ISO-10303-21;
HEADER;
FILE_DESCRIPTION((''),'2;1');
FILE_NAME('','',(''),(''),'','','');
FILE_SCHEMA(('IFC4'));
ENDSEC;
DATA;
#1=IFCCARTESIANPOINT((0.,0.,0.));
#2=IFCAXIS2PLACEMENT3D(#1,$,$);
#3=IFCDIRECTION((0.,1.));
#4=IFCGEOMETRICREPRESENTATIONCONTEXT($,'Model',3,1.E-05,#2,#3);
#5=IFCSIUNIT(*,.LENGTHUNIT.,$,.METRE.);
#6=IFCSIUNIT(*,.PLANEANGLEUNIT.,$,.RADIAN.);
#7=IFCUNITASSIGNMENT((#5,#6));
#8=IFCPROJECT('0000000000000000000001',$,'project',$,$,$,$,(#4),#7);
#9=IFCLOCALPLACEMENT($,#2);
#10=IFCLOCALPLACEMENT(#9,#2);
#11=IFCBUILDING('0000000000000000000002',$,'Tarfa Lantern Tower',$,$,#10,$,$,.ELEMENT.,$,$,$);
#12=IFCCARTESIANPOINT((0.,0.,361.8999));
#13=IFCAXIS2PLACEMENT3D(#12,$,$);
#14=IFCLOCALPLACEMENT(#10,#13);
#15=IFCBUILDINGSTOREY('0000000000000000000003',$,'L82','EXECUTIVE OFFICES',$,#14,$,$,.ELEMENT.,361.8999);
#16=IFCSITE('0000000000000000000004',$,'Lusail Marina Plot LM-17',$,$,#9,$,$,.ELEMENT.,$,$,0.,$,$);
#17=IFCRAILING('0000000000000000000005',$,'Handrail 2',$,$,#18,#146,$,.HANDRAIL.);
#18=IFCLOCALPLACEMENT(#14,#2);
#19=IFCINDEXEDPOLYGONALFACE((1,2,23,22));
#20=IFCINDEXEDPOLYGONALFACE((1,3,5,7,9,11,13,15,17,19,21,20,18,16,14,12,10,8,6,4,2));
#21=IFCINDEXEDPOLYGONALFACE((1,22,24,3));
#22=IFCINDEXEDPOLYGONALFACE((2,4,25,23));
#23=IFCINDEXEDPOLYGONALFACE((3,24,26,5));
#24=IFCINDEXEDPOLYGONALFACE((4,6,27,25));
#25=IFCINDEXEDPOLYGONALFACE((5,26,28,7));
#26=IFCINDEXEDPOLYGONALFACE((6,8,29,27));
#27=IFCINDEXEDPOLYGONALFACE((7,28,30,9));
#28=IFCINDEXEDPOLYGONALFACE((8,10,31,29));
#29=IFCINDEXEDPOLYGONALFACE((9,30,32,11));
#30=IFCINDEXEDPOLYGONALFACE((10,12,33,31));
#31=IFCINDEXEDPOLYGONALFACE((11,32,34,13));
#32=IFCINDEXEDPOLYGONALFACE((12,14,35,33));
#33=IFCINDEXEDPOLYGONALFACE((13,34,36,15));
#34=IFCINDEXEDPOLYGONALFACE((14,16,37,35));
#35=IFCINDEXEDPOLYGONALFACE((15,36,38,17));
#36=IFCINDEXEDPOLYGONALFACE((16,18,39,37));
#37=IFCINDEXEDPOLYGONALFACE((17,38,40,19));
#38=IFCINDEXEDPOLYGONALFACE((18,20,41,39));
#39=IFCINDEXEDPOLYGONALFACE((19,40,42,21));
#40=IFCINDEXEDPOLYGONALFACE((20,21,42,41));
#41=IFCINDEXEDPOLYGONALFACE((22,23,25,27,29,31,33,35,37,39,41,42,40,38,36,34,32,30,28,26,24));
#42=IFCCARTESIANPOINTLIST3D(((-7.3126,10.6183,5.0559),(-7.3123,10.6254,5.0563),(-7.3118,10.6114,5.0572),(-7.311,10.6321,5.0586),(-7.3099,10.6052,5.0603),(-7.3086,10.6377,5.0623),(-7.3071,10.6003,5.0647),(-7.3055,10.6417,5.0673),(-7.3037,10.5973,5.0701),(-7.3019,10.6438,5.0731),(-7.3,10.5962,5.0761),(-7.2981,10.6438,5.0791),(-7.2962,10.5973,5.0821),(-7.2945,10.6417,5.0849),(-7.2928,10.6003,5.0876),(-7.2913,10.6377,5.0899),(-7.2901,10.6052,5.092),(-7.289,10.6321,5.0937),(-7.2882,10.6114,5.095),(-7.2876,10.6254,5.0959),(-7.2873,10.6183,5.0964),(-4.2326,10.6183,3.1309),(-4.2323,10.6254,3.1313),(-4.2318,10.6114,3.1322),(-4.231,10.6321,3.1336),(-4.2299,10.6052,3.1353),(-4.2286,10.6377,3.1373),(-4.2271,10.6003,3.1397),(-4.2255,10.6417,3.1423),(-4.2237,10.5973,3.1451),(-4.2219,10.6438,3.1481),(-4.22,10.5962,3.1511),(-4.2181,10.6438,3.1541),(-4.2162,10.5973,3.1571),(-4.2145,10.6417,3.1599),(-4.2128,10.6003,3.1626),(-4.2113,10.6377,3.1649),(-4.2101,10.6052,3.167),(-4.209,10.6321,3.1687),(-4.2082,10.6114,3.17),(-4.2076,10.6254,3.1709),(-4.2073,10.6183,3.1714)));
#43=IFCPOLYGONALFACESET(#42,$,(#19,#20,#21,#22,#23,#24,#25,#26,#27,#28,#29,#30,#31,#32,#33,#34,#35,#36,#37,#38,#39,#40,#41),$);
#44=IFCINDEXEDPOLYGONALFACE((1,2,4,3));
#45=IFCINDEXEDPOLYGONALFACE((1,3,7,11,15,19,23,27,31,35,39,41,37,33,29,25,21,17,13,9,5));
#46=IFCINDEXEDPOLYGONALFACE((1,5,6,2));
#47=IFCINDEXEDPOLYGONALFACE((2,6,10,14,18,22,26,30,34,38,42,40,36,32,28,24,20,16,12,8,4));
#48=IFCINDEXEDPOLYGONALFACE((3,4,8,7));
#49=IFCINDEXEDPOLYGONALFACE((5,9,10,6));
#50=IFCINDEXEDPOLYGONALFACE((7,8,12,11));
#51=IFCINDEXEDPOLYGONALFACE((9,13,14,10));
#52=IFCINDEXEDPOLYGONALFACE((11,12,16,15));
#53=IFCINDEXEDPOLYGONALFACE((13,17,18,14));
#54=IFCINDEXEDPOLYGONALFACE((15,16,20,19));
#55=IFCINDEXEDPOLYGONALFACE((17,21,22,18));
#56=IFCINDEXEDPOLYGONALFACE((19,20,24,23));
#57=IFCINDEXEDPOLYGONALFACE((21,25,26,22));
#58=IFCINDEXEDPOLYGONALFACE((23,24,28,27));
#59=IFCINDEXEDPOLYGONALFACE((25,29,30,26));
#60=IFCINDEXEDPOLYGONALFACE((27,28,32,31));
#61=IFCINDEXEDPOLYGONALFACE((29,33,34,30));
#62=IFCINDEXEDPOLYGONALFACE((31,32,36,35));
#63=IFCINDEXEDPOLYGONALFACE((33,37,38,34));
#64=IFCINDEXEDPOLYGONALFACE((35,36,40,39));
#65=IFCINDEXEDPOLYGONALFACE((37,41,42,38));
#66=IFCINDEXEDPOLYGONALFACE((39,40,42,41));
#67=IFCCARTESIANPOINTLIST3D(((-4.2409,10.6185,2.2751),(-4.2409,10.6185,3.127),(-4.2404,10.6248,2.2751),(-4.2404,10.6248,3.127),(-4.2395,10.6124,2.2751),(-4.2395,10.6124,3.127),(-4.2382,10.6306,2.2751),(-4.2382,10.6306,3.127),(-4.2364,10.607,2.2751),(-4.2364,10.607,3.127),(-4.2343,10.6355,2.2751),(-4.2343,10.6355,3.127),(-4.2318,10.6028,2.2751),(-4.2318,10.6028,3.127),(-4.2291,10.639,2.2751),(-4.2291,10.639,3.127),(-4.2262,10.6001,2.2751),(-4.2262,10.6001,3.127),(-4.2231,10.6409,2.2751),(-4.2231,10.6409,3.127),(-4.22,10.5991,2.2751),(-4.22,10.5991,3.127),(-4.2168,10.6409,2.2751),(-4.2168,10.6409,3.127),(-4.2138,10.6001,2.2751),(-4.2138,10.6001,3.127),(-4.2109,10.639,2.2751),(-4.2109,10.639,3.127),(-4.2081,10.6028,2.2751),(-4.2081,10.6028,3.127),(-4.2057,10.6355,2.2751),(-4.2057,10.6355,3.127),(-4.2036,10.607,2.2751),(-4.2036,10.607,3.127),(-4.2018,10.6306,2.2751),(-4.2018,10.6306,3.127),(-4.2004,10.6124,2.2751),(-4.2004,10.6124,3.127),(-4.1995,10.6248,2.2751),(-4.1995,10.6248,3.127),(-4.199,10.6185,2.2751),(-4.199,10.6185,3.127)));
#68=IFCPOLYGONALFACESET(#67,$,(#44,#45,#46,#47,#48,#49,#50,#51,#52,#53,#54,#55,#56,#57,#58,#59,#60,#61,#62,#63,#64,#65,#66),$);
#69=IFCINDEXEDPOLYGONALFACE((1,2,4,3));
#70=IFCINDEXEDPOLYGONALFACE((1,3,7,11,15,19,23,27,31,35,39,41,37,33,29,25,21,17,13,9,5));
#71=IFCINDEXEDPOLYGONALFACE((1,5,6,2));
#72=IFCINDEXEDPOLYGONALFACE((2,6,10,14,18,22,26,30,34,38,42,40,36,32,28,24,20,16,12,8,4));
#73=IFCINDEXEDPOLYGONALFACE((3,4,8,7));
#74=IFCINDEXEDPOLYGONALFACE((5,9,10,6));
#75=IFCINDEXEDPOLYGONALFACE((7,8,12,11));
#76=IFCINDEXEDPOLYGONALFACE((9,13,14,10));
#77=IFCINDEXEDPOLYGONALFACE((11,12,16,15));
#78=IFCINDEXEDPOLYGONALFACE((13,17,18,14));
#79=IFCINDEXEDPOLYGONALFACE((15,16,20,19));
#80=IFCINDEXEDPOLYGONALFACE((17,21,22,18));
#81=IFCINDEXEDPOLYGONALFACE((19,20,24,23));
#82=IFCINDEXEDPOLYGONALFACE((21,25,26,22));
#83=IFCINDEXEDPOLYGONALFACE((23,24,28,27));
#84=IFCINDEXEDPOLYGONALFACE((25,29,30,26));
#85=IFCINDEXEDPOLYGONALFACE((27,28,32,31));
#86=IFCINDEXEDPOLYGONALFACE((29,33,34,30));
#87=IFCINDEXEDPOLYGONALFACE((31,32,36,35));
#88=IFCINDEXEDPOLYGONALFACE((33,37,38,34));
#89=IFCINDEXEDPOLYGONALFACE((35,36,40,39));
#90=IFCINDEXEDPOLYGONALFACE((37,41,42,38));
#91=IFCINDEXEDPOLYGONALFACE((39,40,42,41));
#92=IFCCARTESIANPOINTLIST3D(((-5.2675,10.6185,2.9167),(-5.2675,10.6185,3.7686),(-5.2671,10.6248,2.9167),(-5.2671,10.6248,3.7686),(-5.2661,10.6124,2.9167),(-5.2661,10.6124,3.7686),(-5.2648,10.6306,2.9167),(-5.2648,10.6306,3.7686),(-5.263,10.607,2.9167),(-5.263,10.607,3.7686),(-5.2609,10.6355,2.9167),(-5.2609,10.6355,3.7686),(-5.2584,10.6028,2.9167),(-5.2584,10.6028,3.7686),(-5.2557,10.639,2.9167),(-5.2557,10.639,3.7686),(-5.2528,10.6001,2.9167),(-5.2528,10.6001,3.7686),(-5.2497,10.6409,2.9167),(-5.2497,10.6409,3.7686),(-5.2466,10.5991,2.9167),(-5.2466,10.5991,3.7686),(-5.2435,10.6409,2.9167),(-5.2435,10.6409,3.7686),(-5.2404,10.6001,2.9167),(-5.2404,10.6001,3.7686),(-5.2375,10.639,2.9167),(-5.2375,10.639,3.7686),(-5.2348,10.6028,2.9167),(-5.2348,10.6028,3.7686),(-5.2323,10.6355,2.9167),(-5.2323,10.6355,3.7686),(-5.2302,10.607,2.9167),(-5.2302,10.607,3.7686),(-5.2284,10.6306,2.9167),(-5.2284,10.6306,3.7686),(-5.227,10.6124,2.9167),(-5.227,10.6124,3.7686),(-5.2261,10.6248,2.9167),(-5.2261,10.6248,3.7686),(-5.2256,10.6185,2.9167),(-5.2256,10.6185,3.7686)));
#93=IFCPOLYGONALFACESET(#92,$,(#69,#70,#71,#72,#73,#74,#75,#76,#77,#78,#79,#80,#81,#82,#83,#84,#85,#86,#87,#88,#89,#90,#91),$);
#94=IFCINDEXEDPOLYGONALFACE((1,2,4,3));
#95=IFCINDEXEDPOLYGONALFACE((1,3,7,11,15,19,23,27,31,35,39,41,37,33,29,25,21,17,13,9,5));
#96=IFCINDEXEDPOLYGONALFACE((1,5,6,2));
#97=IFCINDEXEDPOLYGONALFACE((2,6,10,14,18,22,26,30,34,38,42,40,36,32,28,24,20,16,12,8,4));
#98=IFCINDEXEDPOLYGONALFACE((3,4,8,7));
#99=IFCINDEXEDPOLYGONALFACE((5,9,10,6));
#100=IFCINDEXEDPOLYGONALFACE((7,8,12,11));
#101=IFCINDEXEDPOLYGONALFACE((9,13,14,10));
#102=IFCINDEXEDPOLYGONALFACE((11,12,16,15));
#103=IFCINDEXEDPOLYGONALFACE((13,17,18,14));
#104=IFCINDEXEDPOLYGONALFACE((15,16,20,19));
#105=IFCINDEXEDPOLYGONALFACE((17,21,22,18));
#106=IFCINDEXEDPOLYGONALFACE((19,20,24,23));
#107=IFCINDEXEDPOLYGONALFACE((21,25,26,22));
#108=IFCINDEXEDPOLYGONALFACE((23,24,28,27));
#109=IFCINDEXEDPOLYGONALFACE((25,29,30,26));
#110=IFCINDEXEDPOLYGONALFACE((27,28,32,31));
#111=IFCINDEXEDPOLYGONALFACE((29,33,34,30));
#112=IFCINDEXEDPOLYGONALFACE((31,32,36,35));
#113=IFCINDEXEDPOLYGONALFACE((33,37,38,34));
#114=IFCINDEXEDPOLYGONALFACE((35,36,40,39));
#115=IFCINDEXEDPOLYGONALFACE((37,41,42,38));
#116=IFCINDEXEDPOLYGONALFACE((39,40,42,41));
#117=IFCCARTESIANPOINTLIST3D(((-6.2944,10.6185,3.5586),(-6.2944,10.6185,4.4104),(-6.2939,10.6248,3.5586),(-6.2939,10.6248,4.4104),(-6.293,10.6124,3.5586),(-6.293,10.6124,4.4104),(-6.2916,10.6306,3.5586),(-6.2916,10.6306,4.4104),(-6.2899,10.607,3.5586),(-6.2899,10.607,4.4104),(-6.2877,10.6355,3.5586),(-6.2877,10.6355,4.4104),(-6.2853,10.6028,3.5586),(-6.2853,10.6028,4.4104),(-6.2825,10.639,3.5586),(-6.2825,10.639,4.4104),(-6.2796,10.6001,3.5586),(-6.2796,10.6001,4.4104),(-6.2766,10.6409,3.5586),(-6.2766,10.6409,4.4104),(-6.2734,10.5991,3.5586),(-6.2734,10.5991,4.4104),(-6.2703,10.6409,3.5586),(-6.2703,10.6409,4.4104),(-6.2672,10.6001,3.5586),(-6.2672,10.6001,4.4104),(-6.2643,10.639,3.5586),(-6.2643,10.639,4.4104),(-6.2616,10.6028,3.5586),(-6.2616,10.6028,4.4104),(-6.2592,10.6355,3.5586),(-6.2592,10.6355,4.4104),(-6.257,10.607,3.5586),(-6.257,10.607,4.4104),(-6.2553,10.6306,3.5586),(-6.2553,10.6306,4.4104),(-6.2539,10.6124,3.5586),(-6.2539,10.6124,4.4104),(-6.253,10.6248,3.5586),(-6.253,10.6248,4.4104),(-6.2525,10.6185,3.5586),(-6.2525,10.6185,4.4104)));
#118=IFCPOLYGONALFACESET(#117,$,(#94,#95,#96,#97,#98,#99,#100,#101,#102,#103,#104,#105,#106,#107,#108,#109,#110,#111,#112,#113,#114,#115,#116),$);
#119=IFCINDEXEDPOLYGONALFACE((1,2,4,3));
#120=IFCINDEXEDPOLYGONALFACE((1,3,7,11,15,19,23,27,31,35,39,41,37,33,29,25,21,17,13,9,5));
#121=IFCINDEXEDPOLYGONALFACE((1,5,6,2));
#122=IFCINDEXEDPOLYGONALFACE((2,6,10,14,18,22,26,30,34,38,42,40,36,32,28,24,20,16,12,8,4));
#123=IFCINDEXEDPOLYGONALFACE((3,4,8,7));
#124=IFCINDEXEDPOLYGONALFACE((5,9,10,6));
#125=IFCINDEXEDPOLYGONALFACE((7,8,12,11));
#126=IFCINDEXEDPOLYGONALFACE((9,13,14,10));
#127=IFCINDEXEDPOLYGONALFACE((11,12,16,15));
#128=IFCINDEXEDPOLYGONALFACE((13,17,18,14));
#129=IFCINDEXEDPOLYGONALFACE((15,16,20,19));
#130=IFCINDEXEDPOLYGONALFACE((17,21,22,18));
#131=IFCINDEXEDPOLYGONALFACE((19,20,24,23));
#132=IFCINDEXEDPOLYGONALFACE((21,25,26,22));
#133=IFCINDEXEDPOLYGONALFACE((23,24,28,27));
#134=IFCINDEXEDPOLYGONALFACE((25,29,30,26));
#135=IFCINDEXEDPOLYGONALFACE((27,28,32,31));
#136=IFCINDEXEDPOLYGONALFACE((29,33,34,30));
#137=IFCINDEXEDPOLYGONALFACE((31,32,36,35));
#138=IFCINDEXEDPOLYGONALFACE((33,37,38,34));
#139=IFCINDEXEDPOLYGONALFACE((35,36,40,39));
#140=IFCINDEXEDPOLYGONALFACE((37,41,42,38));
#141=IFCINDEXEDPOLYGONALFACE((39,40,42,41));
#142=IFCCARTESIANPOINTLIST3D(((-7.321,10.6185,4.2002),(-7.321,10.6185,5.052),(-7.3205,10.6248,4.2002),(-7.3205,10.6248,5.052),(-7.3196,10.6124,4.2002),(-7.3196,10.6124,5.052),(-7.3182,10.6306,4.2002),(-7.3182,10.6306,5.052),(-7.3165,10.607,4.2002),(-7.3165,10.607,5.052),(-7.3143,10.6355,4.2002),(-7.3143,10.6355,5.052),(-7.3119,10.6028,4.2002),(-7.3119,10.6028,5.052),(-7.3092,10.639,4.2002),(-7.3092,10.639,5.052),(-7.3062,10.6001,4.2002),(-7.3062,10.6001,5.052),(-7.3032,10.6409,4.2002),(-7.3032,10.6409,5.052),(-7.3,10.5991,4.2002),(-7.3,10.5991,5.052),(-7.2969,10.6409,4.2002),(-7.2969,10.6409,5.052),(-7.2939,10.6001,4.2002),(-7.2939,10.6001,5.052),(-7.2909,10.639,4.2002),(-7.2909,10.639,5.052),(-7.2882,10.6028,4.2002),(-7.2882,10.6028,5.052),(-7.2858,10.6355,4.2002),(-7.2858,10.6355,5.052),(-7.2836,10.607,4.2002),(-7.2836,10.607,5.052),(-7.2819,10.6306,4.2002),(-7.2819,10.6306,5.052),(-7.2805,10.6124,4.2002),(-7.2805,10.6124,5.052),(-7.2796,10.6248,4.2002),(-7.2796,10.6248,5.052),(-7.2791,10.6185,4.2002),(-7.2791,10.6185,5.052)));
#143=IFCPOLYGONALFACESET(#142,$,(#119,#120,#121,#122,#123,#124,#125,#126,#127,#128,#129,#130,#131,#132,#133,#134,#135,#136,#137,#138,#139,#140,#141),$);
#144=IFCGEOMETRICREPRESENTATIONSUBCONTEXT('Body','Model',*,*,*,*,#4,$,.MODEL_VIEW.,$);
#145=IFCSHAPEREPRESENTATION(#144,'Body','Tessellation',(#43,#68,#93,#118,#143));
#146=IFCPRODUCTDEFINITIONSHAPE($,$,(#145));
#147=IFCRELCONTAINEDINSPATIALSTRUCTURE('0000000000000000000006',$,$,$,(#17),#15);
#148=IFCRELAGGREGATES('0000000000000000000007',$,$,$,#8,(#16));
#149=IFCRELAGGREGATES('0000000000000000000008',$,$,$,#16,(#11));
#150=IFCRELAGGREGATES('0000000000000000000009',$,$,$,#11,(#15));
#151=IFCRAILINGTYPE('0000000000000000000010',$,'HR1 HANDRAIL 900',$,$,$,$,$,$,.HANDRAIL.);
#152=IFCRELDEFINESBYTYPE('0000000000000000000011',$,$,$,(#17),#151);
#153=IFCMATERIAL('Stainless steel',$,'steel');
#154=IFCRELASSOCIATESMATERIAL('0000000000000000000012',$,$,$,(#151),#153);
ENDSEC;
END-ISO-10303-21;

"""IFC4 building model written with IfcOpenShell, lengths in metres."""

from ifc_helpers import new_model, si_unit, direction, frame, origin, origin_2d, place, context, subcontext, project, spatial, circle, extrude, material, type_object, element, save


model = new_model("IFC4")

# Units and contexts
model_context = context("Model", 3, precision=1e-05, world=origin(), true_north=direction((0.0, 1.0)))
body_context = subcontext(model_context, "Body", "Model", "MODEL_VIEW")
ifc_project = project(units=[si_unit("LENGTHUNIT", "METRE"), si_unit("PLANEANGLEUNIT", "RADIAN")], contexts=[model_context])

# Site, building, storey
site_placement = place(None, origin())
site = spatial("IfcSite", under=ifc_project, at=site_placement, Name="Lusail Marina Plot LM-17", CompositionType="ELEMENT", RefElevation=0.0)
building_placement = place(site_placement, origin())
building = spatial("IfcBuilding", under=site, at=building_placement, Name="Tarfa Lantern Tower", CompositionType="ELEMENT")
storey_placement = place(building_placement, frame((0.0, 0.0, 361.8999)))
storey = spatial("IfcBuildingStorey", under=building, at=storey_placement, Name="L82", Description="EXECUTIVE OFFICES", CompositionType="ELEMENT", Elevation=361.8999)

# Railing
ifc_material_1 = material(Name="Stainless steel", Category="steel")
railing_type = type_object("IfcRailingType", Name="HR1 HANDRAIL 900", PredefinedType="HANDRAIL", material=ifc_material_1)
railing_1_placement = place(storey_placement, frame((-4.22, 10.6201, 2.2751)))
element("IfcRailing", 1, at=railing_1_placement, inside=storey, type_object=railing_type, Name="Handrail 2", PredefinedType="HANDRAIL", context=body_context, shape_type="SweptSolid", body=[
    extrude(circle(Radius=0.0239, at=origin_2d()), frame((0.0, 0.0, 0.876), z_axis=(-0.847998, 0.0, 0.529999), x_axis=(0.0, -1.0, 0.0)), (0.0, 0.0, 1.0), 3.6321),
    extrude(circle(Radius=0.021, at=origin_2d()), frame((0.0, 0.0, 0.0), z_axis=(0.0, 0.0, 1.0), x_axis=(0.0, -1.0, 0.0)), (0.0, 0.0, 1.0), 0.8518),
    extrude(circle(Radius=0.021, at=origin_2d()), frame((-1.0266, 0.0, 0.6416), z_axis=(0.0, 0.0, 1.0), x_axis=(0.0, -1.0, 0.0)), (0.0, 0.0, 1.0), 0.8518),
    extrude(circle(Radius=0.021, at=origin_2d()), frame((-2.0535, 0.0, 1.2834), z_axis=(0.0, 0.0, 1.0), x_axis=(0.0, -1.0, 0.0)), (0.0, 0.0, 1.0), 0.8518),
    extrude(circle(Radius=0.021, at=origin_2d()), frame((-3.0801, 0.0, 1.925), z_axis=(0.0, 0.0, 1.0), x_axis=(0.0, -1.0, 0.0)), (0.0, 0.0, 1.0), 0.8518),
])

save(model, "model.ifc")
